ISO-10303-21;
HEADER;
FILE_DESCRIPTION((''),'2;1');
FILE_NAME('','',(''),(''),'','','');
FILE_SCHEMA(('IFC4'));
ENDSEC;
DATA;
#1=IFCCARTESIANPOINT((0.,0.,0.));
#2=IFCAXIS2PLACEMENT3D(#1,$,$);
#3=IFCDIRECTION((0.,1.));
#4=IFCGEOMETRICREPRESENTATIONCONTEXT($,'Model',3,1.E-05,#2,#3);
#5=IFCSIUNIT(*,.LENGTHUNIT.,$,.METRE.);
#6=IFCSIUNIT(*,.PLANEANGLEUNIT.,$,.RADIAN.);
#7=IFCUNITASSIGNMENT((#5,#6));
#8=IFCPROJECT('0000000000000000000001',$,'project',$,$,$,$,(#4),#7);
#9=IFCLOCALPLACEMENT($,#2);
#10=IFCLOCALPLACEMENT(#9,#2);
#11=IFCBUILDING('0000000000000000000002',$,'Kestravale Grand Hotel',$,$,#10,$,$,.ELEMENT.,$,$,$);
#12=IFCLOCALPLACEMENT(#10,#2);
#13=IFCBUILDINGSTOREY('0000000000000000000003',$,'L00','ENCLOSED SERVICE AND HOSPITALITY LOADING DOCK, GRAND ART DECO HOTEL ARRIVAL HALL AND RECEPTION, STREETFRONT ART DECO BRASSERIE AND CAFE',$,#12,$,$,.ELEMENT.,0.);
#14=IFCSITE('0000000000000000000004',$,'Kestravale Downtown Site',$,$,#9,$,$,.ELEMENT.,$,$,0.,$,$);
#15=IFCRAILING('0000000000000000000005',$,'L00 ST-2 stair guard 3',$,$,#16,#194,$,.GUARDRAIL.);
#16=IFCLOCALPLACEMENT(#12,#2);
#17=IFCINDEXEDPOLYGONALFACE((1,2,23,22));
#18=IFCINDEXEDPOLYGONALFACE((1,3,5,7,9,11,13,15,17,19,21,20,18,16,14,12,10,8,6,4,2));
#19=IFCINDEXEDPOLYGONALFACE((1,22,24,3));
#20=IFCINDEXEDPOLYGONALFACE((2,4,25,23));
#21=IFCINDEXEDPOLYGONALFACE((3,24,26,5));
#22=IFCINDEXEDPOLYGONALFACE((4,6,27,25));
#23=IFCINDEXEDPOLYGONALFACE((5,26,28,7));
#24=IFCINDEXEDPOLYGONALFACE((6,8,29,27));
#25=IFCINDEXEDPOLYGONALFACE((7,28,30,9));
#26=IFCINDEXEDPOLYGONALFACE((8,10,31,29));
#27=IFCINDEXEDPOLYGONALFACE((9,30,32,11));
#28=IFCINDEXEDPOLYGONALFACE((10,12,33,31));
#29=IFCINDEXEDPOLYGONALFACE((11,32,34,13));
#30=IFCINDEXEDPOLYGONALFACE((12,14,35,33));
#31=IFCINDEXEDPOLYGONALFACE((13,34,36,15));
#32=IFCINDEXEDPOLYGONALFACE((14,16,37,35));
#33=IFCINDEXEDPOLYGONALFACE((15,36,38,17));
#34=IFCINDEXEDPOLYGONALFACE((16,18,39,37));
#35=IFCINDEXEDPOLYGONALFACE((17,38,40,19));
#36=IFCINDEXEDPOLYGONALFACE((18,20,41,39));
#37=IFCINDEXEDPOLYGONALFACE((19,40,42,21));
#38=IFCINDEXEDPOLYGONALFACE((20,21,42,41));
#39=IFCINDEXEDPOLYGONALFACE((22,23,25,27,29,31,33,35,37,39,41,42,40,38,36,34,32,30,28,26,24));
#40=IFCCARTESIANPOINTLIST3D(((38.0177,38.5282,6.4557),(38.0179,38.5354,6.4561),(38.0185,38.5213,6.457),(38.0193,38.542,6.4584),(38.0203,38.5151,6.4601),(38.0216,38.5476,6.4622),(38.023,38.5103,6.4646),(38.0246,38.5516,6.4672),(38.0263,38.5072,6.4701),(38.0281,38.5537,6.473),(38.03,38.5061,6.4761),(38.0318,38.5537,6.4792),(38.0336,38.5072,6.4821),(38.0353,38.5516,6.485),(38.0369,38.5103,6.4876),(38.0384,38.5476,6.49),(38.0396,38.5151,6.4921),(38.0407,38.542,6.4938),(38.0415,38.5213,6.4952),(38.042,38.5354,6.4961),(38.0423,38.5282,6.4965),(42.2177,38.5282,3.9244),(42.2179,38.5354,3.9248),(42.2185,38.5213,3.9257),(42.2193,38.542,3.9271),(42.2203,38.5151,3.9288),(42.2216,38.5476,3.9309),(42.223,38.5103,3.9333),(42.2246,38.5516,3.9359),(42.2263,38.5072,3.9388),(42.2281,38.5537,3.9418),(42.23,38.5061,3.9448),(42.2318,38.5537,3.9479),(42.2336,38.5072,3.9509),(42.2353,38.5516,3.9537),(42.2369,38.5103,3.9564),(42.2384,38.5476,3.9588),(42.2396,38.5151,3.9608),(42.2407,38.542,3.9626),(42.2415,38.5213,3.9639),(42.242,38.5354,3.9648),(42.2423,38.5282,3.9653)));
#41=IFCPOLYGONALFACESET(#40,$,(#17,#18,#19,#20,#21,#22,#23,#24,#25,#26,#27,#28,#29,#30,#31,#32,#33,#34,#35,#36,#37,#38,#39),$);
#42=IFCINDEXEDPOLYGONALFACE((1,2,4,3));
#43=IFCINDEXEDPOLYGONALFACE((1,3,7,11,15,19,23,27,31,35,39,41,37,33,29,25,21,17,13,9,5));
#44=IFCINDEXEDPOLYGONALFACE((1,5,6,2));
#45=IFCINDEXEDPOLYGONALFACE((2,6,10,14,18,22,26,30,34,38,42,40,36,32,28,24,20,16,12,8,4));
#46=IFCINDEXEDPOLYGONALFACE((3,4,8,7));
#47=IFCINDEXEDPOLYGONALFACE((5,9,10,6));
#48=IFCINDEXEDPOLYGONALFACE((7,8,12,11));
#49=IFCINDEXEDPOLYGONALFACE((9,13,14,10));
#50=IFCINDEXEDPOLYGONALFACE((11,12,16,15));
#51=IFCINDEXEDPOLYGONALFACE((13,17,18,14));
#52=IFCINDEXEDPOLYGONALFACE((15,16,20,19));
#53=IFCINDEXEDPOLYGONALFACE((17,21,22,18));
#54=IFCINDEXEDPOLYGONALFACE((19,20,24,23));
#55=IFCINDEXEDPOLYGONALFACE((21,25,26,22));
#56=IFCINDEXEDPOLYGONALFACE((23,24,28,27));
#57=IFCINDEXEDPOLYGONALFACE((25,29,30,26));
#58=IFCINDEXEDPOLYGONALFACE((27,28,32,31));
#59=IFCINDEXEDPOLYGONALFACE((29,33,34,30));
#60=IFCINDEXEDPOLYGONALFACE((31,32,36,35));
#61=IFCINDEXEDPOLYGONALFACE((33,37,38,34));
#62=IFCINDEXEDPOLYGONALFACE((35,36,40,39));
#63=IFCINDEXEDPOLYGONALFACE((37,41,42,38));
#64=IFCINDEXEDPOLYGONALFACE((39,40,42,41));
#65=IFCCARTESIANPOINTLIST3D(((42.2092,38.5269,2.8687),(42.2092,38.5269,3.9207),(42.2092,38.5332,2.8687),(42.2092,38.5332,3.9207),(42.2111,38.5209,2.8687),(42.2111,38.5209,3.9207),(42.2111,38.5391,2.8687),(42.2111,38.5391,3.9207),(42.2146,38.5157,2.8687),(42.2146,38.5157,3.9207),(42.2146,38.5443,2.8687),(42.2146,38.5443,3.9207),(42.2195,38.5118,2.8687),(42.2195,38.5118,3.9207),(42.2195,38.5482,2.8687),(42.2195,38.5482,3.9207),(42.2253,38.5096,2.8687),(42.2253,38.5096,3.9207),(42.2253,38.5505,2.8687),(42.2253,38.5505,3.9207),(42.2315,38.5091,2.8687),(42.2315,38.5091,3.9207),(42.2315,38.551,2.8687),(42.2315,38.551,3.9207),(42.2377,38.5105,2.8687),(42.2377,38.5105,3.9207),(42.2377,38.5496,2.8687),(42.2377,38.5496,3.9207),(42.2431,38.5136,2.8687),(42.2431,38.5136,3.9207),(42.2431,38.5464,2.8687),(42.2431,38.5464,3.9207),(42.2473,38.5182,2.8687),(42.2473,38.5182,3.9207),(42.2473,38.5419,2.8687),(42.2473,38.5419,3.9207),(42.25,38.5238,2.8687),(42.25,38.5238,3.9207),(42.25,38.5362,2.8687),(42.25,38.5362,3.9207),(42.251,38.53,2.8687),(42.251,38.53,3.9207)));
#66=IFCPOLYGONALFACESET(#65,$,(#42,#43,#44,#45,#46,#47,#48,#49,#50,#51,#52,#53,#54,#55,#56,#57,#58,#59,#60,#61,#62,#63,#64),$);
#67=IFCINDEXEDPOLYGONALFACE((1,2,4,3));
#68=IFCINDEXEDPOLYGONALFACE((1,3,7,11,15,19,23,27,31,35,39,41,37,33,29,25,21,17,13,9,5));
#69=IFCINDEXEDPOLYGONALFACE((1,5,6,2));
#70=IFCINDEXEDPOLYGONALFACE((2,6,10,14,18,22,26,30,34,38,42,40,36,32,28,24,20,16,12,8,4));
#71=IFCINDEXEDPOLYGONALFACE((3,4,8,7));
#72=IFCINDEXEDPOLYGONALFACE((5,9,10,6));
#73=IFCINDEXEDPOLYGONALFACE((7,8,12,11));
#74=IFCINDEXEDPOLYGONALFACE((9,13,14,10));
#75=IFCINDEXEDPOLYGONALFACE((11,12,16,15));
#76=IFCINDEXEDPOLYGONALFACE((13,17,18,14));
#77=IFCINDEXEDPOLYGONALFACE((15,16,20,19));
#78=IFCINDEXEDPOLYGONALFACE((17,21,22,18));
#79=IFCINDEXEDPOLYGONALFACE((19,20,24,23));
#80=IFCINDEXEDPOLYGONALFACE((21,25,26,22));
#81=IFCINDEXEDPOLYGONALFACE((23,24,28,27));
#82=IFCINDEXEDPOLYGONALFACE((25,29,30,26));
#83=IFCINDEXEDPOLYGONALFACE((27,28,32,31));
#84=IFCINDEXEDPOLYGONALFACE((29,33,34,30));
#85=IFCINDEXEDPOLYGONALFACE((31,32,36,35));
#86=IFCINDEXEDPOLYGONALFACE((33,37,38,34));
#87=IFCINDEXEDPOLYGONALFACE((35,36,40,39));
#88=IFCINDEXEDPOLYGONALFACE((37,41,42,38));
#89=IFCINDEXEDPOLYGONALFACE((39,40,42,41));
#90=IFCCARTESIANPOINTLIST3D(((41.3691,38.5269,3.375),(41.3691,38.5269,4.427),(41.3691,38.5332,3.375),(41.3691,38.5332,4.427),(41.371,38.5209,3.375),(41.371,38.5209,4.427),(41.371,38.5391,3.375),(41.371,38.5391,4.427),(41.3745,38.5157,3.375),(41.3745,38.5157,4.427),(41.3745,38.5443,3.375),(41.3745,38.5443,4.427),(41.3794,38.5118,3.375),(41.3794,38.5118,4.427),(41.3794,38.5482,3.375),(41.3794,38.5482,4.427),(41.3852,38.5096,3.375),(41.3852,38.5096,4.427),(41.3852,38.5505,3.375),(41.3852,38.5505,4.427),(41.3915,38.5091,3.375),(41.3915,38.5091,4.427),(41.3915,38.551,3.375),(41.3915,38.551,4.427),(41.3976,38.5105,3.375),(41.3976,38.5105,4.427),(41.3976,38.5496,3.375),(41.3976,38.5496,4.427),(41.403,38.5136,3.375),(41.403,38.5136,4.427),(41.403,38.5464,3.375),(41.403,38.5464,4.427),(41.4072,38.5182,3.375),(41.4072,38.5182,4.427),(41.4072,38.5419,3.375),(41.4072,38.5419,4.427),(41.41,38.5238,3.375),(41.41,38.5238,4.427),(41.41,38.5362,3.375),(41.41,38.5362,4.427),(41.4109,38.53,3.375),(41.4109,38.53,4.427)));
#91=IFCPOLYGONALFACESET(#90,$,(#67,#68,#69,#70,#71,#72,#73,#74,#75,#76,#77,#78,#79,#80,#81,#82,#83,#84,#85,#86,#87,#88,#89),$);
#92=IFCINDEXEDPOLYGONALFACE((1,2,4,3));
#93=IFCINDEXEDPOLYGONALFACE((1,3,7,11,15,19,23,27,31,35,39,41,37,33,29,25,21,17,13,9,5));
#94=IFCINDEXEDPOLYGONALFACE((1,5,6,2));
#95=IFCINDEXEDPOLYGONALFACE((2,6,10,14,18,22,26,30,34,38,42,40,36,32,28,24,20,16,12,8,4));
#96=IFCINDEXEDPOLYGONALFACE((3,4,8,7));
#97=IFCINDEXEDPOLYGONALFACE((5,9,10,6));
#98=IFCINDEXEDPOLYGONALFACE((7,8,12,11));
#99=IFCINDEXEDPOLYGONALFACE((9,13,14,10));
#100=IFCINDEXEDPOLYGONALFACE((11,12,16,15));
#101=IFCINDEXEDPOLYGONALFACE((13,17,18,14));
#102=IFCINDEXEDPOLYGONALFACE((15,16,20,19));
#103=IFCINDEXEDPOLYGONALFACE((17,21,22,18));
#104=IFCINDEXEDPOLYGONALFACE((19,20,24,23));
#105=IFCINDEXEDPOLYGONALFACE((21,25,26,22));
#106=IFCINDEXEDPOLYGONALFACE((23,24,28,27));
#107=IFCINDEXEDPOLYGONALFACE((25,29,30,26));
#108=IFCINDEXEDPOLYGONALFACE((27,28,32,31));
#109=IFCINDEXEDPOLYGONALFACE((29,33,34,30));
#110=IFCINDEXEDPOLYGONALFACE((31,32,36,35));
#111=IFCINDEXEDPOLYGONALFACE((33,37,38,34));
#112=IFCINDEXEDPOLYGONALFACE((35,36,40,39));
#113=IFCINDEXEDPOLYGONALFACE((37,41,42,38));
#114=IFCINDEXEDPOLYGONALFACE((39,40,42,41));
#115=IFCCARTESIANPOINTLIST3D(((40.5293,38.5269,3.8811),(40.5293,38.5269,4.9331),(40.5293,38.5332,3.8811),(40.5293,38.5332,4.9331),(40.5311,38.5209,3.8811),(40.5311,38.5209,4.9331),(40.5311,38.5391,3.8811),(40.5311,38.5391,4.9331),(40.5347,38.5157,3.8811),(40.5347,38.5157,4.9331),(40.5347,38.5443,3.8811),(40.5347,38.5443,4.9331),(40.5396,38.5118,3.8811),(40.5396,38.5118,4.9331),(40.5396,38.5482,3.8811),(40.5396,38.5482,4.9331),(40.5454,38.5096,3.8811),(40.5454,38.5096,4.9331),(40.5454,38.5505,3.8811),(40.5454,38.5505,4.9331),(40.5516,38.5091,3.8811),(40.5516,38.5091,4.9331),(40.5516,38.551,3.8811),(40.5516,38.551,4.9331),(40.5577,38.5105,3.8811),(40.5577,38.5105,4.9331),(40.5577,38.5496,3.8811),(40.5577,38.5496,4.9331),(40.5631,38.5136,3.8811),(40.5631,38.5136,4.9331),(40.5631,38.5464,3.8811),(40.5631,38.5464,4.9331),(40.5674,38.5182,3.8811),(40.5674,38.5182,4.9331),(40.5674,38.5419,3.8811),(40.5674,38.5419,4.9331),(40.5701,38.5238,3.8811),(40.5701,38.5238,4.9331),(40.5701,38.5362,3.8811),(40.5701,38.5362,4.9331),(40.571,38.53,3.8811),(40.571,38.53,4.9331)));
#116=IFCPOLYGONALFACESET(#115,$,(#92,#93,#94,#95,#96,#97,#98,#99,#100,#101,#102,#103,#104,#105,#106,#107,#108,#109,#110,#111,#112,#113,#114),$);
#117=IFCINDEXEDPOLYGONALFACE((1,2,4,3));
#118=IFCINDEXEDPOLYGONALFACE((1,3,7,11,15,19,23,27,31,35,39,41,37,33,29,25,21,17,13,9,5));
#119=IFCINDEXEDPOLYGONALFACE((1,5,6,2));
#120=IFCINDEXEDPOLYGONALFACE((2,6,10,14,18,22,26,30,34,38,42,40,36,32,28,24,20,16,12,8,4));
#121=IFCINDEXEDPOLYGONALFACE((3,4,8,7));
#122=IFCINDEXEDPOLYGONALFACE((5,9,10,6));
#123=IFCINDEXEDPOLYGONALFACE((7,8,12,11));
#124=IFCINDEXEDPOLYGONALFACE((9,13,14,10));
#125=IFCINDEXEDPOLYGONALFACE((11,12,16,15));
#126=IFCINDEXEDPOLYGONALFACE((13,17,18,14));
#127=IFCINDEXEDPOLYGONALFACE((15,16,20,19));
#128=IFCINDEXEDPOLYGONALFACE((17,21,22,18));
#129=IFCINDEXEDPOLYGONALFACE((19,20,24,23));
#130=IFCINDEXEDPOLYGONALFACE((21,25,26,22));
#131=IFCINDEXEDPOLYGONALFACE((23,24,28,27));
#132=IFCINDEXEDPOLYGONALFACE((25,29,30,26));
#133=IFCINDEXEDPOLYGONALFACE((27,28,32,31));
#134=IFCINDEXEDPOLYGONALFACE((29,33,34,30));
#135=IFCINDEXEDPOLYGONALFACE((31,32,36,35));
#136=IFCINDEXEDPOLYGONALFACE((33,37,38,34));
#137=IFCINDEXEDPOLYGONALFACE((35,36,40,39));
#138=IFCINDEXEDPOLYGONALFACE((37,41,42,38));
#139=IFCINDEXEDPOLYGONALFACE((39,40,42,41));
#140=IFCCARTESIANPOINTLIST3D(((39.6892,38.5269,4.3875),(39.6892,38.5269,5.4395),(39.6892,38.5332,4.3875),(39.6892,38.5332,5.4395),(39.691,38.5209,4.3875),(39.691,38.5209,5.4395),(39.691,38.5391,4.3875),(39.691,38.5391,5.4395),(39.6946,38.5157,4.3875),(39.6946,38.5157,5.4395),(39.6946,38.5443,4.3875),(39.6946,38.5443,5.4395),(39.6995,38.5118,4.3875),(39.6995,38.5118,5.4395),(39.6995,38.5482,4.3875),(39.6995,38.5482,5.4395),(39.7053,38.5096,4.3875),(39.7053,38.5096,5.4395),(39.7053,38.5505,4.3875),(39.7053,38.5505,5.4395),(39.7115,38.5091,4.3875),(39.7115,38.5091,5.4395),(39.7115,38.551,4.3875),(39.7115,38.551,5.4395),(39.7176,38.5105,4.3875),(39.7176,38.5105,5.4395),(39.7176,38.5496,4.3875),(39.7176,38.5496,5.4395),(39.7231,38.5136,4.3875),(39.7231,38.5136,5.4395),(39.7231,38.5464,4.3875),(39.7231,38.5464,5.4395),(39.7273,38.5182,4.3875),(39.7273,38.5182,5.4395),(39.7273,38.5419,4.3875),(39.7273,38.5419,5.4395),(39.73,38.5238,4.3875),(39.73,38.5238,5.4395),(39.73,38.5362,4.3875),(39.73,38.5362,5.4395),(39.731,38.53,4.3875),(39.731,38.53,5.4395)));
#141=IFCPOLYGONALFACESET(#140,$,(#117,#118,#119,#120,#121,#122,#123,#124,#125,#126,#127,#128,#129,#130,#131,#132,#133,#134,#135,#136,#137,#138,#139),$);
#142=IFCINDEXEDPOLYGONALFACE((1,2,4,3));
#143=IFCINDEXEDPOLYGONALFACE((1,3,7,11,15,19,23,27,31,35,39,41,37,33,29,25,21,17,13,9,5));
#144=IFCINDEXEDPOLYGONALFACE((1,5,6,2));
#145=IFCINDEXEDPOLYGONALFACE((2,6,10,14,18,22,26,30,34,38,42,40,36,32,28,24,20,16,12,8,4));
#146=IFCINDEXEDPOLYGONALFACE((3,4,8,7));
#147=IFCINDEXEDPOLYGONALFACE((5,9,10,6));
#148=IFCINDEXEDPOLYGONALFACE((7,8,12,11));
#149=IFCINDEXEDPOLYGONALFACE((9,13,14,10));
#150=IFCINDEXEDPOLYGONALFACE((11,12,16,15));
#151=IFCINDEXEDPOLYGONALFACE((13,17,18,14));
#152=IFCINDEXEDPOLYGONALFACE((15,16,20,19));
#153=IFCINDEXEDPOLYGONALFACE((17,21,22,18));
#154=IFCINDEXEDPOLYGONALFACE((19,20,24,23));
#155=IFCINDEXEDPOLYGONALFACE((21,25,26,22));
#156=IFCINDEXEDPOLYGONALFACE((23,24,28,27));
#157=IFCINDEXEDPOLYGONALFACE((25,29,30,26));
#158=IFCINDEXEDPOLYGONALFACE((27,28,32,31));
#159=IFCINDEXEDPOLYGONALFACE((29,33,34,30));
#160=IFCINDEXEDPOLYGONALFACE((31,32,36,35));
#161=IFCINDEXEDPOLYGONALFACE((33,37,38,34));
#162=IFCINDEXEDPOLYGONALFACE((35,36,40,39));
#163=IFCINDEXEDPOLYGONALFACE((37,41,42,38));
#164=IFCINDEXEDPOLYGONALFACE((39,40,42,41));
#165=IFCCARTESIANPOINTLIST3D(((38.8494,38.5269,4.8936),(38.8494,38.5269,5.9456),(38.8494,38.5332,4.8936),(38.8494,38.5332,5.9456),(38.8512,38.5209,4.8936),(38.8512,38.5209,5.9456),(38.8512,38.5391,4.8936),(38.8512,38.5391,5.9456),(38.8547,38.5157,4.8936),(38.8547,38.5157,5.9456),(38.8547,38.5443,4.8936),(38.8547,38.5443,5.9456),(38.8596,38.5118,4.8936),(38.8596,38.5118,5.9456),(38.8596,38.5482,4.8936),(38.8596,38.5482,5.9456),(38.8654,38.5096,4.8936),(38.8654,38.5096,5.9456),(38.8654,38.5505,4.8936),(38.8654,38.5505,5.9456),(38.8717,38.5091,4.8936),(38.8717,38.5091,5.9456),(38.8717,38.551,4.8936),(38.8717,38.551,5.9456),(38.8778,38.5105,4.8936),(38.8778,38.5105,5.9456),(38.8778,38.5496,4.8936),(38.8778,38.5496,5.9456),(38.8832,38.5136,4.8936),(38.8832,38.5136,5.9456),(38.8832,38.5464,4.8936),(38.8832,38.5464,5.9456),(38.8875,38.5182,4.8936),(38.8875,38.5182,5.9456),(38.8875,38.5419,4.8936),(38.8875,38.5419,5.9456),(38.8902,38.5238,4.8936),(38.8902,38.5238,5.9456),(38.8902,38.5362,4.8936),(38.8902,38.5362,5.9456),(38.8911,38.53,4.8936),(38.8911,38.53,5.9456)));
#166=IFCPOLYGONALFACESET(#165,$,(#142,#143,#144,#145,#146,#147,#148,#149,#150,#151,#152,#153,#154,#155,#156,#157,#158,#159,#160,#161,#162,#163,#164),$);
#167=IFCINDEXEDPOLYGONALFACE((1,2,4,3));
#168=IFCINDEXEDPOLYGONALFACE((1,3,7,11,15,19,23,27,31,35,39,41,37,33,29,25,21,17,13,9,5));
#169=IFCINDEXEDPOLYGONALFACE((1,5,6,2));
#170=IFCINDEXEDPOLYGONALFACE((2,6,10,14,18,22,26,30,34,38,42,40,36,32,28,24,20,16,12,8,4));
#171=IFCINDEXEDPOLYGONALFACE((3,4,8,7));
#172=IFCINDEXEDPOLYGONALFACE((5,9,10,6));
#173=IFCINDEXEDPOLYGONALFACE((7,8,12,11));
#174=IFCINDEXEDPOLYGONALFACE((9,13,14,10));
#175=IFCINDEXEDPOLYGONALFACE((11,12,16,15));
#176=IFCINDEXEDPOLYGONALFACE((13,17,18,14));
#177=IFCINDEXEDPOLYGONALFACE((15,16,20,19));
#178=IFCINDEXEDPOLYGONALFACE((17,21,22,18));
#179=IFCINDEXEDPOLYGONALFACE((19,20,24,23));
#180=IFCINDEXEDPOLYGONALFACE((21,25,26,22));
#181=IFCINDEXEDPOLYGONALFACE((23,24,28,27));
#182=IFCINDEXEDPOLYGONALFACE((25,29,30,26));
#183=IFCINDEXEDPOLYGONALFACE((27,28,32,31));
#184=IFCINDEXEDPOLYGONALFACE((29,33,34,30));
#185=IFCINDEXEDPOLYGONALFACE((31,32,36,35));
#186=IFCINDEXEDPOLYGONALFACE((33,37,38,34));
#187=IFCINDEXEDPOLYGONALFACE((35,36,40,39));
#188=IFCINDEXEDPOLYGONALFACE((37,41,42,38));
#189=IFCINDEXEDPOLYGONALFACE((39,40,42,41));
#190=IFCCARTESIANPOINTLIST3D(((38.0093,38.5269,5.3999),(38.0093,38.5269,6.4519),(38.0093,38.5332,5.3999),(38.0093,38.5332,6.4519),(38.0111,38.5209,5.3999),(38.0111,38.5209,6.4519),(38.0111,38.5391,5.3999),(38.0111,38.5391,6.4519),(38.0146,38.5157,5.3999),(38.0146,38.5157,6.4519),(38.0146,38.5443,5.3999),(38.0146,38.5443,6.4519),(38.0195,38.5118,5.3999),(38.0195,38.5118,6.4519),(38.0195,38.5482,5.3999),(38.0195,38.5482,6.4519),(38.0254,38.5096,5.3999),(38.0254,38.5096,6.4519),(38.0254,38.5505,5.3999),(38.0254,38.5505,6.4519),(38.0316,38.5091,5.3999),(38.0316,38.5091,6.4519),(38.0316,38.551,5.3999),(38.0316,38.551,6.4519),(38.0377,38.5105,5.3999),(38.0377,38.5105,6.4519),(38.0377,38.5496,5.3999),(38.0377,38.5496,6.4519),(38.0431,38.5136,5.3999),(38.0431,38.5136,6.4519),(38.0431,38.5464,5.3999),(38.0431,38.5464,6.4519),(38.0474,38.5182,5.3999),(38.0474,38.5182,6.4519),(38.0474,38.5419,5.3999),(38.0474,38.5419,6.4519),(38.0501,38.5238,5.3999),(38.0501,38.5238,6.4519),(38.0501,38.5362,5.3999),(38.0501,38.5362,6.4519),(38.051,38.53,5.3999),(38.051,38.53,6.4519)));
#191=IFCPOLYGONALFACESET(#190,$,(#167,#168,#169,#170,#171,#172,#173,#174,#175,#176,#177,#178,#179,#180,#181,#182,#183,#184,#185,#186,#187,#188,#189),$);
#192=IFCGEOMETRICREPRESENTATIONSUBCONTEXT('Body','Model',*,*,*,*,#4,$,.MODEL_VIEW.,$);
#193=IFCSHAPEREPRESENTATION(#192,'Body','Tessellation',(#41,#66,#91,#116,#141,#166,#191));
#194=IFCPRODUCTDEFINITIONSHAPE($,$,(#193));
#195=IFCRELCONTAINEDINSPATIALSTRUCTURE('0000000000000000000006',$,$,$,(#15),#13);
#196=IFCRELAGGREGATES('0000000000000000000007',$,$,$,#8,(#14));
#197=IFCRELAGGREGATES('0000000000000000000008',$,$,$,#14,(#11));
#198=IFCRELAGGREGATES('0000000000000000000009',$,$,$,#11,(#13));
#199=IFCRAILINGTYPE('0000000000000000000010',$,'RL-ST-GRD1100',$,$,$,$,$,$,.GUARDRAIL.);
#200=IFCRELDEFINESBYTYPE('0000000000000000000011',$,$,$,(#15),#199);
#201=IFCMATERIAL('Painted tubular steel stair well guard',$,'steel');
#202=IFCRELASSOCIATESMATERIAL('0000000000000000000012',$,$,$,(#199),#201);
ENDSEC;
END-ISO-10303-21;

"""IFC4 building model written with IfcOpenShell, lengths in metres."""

from ifc_helpers import new_model, si_unit, direction, frame, origin, origin_2d, place, context, subcontext, project, spatial, circle, extrude, material, type_object, element, save


model = new_model("IFC4")

# Units and contexts
model_context = context("Model", 3, precision=1e-05, world=origin(), true_north=direction((0.0, 1.0)))
body_context = subcontext(model_context, "Body", "Model", "MODEL_VIEW")
ifc_project = project(units=[si_unit("LENGTHUNIT", "METRE"), si_unit("PLANEANGLEUNIT", "RADIAN")], contexts=[model_context])

# Site, building, storey
site_placement = place(None, origin())
site = spatial("IfcSite", under=ifc_project, at=site_placement, Name="Kestravale Downtown Site", CompositionType="ELEMENT", RefElevation=0.0)
building_placement = place(site_placement, origin())
building = spatial("IfcBuilding", under=site, at=building_placement, Name="Kestravale Grand Hotel", CompositionType="ELEMENT")
storey_placement = place(building_placement, origin())
storey = spatial("IfcBuildingStorey", under=building, at=storey_placement, Name="L00", Description="ENCLOSED SERVICE AND HOSPITALITY LOADING DOCK, GRAND ART DECO HOTEL ARRIVAL HALL AND RECEPTION, STREETFRONT ART DECO BRASSERIE AND CAFE", CompositionType="ELEMENT", Elevation=0.0)

# Railing
ifc_material_1 = material(Name="Painted tubular steel stair well guard", Category="steel")
railing_type_1 = type_object("IfcRailingType", Name="RL-ST-GRD1100", PredefinedType="GUARDRAIL", material=ifc_material_1)
railing_1_placement = place(storey_placement, frame((42.23, 38.53, 2.8687)))
element("IfcRailing", 1, at=railing_1_placement, inside=storey, type_object=railing_type_1, Name="L00 ST-2 stair guard 3", PredefinedType="GUARDRAIL", context=body_context, shape_type="SweptSolid", body=[
    extrude(circle(Radius=0.0239, at=origin_2d()), frame((0.0, 0.0, 1.0762), z_axis=(-0.856476, 0.0, 0.516186), x_axis=(0.0, -1.0, 0.0)), (0.0, 0.0, 1.0), 4.9038),
    extrude(circle(Radius=0.021, at=origin_2d()), origin(), (0.0, 0.0, 1.0), 1.052),
    extrude(circle(Radius=0.021, at=origin_2d()), frame((-0.8401, 0.0, 0.5063)), (0.0, 0.0, 1.0), 1.052),
    extrude(circle(Radius=0.021, at=origin_2d()), frame((-1.6799, 0.0, 1.0125)), (0.0, 0.0, 1.0), 1.052),
    extrude(circle(Radius=0.021, at=origin_2d()), frame((-2.52, 0.0, 1.5188)), (0.0, 0.0, 1.0), 1.052),
    extrude(circle(Radius=0.021, at=origin_2d()), frame((-3.3599, 0.0, 2.0249)), (0.0, 0.0, 1.0), 1.052),
    extrude(circle(Radius=0.021, at=origin_2d()), frame((-4.2, 0.0, 2.5312)), (0.0, 0.0, 1.0), 1.052),
])

save(model, "model.ifc")
